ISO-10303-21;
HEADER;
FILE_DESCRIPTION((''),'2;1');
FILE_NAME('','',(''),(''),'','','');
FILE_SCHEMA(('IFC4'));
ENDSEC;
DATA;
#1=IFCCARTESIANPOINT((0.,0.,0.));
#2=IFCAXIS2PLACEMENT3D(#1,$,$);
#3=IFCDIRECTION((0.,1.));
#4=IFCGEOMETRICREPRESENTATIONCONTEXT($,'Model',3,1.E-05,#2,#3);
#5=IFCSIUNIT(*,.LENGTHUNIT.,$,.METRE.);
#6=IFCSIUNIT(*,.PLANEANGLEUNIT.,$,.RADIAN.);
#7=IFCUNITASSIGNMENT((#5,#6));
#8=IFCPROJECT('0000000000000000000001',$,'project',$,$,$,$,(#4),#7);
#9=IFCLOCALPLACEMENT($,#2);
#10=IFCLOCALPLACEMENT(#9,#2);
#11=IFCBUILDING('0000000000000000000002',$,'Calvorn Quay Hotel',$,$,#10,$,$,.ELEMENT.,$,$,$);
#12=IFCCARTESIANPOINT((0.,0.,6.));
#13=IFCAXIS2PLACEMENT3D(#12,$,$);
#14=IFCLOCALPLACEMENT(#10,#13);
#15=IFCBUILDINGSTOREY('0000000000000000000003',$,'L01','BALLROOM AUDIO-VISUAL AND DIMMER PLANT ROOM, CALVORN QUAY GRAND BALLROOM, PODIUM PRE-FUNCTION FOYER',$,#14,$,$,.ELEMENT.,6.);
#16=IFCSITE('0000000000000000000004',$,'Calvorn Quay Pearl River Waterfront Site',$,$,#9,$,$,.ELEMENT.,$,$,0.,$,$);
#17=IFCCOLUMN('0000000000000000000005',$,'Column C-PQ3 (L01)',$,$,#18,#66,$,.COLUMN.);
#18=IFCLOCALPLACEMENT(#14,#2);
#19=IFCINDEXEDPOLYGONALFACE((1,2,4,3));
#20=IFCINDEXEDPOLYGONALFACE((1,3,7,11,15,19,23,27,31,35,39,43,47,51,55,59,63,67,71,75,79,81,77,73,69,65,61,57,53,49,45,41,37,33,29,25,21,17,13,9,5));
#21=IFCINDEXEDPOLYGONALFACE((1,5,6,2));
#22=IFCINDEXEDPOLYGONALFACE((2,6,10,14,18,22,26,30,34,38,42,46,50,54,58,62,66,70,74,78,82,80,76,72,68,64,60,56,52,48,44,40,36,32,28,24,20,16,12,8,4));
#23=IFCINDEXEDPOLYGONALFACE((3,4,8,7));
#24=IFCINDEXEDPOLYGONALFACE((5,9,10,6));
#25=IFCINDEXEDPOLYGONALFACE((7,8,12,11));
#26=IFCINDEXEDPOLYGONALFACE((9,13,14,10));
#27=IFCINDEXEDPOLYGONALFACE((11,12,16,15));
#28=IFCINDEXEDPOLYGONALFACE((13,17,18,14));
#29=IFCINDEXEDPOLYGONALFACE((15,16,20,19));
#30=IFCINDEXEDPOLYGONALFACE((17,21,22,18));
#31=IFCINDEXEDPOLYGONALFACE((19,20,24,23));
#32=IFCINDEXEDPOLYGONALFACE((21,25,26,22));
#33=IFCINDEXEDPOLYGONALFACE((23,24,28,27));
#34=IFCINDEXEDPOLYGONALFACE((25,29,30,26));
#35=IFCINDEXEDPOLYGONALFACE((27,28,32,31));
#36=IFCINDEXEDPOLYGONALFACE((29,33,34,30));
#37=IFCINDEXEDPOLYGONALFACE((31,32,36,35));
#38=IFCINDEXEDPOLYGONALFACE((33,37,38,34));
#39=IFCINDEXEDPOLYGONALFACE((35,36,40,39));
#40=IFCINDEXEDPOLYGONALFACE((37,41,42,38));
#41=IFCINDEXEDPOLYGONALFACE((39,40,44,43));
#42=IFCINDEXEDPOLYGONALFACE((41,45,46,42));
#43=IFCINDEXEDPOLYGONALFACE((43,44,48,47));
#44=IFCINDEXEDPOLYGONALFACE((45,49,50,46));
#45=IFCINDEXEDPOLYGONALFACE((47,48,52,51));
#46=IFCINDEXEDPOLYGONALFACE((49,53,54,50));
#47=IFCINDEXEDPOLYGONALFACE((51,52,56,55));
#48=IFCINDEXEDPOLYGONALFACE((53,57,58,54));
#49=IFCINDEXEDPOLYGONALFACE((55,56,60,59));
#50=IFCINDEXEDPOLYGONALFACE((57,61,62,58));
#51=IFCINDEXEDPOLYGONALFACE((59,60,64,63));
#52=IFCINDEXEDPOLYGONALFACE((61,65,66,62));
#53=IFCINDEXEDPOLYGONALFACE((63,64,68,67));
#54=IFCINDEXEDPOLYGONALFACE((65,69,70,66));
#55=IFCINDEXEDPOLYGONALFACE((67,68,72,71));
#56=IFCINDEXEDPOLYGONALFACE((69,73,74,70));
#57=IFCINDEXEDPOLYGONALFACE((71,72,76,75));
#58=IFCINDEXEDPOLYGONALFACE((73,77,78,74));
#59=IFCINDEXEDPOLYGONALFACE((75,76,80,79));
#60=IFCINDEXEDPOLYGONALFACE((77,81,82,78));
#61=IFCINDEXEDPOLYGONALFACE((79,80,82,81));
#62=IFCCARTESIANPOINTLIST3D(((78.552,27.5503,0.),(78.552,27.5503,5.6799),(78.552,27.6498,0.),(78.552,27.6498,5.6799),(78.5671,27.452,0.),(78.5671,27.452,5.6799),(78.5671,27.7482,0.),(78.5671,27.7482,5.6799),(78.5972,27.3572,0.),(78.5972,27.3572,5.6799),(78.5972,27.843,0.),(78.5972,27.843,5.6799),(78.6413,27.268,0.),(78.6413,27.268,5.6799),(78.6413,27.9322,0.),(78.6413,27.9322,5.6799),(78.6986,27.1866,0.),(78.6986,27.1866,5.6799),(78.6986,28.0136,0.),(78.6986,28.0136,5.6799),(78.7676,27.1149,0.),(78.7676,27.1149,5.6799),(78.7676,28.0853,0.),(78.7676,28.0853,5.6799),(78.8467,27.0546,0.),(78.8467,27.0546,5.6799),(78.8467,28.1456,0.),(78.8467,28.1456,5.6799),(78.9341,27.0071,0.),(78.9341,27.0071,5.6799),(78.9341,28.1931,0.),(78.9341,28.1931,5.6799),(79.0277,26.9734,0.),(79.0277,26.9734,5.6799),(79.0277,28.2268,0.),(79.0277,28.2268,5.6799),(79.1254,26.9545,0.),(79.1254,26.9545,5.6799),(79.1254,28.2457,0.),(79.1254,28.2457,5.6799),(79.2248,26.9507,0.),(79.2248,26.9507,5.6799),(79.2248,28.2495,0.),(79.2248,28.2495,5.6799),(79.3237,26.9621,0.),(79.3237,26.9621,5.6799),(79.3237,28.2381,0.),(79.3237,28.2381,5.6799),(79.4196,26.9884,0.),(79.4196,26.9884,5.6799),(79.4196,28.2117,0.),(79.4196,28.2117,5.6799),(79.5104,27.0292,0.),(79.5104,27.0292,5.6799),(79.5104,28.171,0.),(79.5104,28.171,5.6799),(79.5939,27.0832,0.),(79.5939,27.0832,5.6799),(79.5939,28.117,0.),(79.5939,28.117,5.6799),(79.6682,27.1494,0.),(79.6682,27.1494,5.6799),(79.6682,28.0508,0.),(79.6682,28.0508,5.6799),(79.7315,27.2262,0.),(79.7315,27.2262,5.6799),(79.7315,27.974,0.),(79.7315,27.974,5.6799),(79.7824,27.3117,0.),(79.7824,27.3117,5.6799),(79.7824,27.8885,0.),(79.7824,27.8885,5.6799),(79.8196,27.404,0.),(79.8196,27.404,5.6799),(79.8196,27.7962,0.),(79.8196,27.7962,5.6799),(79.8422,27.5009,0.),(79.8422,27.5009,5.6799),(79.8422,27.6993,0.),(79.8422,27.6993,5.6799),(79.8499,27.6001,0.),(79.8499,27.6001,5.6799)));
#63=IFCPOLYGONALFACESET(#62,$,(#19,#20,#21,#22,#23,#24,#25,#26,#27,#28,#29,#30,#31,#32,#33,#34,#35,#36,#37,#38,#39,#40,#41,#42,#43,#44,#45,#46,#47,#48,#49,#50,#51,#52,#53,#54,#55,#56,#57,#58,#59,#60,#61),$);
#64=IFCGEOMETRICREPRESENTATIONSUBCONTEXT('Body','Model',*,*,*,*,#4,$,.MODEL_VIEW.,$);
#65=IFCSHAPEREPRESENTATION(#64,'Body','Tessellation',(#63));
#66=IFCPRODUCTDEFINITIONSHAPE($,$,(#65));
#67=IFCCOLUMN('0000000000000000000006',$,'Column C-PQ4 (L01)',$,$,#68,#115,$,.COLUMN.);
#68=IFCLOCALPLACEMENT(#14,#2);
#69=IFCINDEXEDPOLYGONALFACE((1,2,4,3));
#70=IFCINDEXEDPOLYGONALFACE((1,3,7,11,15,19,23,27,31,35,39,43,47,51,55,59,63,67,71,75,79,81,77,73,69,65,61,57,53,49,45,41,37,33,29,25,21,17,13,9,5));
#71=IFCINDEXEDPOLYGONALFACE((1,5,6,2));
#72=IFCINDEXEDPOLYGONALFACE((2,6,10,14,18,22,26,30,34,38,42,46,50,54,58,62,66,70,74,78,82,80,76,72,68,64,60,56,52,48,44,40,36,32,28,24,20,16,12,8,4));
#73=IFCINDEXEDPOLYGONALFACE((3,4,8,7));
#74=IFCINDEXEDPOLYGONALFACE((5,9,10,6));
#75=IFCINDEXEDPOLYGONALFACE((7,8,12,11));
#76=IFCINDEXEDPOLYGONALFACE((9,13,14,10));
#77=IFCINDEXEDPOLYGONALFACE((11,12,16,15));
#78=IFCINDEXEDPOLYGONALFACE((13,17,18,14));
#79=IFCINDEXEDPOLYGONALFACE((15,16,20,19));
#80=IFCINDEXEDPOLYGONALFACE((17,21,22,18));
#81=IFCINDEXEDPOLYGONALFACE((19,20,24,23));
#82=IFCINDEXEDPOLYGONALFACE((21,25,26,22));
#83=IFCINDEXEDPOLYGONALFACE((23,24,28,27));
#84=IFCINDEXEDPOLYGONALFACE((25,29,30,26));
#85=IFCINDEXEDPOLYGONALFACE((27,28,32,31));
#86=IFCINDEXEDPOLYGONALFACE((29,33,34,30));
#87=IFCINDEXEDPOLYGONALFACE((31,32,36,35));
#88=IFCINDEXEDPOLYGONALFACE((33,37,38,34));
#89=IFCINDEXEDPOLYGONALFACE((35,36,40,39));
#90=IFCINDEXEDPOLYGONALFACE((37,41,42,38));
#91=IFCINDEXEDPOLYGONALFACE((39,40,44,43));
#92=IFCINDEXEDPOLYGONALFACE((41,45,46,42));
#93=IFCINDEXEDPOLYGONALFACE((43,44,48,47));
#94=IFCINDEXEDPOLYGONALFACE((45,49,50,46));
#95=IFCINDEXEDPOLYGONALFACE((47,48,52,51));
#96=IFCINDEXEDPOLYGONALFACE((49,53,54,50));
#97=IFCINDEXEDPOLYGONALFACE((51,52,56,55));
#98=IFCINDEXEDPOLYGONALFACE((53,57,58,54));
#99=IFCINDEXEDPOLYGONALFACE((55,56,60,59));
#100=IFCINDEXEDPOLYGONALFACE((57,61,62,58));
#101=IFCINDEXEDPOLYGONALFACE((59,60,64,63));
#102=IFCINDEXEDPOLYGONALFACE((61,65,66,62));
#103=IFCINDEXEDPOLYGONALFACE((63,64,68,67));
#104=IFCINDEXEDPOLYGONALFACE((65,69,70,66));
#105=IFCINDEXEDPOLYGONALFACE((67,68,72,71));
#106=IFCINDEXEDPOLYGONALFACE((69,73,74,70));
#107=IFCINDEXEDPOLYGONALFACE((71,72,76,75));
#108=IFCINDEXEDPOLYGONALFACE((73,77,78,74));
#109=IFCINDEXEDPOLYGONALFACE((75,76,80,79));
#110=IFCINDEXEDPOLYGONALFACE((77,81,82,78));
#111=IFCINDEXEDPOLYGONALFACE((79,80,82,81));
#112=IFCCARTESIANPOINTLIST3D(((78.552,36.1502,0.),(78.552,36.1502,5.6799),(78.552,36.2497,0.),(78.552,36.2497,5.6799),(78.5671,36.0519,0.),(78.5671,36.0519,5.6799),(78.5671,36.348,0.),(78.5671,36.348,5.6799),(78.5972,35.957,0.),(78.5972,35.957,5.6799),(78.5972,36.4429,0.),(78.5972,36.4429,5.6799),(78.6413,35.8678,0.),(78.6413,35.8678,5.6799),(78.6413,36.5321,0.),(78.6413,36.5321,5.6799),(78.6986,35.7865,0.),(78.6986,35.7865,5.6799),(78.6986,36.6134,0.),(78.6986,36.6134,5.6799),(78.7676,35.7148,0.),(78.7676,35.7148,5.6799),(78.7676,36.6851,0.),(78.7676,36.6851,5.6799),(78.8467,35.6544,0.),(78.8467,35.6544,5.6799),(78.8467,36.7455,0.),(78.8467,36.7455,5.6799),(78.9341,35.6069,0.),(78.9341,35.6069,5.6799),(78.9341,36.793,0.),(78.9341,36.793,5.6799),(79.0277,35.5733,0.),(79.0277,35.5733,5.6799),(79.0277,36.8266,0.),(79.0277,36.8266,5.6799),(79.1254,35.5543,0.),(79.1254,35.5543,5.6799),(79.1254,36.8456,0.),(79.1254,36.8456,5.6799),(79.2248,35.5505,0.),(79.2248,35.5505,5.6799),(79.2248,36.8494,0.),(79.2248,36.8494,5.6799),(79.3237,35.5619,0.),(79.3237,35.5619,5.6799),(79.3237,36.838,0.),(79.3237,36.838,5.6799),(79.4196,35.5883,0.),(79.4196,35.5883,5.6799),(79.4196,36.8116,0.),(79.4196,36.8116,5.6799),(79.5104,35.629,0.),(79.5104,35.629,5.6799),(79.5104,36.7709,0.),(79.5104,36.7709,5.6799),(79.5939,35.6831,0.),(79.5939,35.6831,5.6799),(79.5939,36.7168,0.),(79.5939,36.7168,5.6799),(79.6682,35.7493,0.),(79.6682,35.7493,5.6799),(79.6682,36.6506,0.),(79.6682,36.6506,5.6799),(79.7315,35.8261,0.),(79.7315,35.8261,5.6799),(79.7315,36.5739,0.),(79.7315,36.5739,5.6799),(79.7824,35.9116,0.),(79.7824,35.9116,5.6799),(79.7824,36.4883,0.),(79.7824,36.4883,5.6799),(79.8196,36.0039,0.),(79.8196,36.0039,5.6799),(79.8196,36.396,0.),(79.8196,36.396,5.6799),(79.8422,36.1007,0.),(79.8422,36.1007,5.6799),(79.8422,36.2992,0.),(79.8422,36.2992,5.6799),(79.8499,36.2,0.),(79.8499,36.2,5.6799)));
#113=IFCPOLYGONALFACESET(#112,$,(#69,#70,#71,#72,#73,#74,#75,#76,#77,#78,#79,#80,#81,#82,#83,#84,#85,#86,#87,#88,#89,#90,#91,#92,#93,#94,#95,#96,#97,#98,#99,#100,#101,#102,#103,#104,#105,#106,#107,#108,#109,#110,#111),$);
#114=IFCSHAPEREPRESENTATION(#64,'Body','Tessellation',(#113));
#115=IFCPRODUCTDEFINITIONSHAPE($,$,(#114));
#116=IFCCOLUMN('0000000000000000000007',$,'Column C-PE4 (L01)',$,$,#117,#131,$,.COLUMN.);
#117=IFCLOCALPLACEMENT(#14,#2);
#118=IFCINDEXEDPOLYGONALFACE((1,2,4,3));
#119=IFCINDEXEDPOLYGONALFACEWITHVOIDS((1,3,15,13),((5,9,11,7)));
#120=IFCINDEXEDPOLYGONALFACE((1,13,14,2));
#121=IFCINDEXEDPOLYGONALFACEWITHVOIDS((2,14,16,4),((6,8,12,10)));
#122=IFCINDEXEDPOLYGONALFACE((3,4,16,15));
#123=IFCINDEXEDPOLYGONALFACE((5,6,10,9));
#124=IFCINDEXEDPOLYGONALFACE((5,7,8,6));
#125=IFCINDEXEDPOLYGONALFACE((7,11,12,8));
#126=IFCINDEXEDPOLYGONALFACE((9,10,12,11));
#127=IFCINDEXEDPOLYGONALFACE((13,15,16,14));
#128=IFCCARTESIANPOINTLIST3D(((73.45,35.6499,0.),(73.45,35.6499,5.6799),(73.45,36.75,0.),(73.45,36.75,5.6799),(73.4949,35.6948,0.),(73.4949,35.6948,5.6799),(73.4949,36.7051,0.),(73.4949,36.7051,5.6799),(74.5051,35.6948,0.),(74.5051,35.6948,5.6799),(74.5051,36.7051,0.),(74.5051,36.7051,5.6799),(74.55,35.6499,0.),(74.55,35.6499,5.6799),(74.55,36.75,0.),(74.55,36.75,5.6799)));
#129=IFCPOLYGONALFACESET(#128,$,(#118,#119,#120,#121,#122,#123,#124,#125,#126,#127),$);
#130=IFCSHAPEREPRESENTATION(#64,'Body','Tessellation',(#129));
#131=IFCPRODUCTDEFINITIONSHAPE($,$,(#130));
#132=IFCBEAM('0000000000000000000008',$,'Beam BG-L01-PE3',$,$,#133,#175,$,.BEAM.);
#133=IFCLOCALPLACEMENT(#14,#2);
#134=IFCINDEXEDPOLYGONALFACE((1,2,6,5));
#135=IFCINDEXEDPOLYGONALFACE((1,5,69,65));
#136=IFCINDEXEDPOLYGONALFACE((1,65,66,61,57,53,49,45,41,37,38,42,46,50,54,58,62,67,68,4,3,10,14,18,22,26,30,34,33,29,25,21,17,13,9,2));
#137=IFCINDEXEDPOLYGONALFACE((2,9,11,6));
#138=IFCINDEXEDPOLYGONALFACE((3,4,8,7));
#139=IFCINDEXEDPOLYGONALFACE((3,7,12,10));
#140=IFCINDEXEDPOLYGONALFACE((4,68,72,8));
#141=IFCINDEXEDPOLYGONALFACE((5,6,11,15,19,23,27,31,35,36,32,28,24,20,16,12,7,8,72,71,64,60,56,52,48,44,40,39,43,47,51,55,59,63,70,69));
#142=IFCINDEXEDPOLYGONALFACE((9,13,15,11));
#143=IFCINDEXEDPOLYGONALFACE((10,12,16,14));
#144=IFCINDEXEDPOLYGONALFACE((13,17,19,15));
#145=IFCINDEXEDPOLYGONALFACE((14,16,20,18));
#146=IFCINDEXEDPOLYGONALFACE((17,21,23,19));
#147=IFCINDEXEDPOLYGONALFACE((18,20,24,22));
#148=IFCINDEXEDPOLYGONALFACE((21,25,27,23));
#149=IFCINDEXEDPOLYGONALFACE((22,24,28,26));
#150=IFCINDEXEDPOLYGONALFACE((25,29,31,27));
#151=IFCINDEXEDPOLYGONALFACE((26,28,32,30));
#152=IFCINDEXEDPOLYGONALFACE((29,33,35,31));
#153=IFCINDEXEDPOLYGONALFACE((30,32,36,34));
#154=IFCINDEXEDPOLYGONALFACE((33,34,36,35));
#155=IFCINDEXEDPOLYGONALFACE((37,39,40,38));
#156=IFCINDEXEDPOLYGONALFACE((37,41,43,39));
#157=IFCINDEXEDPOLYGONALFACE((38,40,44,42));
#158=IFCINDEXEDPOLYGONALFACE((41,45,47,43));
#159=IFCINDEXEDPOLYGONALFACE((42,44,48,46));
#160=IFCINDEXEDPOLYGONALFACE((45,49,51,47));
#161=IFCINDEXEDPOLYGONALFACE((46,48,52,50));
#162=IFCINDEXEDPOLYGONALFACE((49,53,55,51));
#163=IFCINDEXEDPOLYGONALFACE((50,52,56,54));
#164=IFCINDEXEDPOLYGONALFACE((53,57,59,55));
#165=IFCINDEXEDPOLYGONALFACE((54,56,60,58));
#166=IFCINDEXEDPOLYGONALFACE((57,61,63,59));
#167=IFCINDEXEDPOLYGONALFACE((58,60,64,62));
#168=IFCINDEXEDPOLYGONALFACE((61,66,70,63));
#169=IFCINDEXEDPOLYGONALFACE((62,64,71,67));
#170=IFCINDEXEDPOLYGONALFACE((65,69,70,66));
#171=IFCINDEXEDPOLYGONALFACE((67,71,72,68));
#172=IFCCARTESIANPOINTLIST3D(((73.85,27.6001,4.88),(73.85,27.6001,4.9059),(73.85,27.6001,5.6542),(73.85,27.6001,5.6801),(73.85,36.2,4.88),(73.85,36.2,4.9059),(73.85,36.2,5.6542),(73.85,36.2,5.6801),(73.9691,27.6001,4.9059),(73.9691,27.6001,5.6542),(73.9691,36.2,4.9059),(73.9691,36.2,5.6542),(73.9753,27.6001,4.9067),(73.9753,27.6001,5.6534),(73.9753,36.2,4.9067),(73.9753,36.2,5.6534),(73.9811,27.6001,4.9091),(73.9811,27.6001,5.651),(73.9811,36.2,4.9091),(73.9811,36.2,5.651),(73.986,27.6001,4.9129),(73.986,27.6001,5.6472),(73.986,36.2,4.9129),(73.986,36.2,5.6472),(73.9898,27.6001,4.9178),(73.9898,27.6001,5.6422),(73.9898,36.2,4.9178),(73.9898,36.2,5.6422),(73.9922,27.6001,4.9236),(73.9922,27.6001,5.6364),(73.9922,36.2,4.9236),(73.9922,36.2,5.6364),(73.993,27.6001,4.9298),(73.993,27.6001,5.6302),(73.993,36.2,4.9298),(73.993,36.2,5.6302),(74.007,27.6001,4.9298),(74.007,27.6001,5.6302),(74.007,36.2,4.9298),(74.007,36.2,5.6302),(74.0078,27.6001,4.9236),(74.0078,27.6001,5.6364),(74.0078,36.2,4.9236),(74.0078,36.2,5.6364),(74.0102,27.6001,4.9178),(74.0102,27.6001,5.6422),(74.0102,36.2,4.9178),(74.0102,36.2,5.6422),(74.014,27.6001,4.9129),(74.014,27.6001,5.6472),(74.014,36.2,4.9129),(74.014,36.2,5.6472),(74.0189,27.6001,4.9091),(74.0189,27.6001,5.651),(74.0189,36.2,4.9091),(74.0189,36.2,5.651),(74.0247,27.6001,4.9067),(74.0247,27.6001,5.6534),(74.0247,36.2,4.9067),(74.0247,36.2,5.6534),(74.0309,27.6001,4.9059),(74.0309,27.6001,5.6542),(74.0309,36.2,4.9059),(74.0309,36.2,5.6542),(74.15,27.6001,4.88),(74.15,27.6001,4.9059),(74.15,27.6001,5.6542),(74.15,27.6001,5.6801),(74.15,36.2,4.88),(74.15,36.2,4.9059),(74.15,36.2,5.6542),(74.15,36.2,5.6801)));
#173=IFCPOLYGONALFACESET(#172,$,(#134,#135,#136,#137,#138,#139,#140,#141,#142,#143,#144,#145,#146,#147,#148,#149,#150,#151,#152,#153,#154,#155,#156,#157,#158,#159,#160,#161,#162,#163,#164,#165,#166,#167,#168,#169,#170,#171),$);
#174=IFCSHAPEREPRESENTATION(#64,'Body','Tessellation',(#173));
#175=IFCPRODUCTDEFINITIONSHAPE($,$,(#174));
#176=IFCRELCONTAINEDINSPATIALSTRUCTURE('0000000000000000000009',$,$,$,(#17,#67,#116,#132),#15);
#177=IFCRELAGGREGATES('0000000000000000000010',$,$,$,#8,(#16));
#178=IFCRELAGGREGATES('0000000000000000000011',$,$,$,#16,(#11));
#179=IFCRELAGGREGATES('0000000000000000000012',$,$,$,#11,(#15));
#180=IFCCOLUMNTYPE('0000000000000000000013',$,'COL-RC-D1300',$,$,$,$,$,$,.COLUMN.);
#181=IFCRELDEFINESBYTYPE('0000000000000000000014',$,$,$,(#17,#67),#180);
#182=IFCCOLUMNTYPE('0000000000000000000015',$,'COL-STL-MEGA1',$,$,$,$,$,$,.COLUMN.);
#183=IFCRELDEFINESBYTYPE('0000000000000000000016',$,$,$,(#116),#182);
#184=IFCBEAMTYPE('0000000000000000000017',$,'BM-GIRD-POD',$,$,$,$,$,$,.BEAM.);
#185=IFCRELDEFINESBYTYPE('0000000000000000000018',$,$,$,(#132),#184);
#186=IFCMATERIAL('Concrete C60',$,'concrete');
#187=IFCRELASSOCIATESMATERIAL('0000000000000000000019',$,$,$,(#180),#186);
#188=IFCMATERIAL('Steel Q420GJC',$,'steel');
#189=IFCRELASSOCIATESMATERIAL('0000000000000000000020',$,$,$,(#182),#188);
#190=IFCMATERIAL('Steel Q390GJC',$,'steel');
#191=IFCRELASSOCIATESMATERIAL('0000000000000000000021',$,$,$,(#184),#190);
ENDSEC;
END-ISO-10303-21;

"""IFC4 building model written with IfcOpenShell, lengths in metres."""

from ifc_helpers import new_model, si_unit, direction, frame, origin, origin_2d, place, context, subcontext, project, spatial, hollow_rectangle, circle, i_section, extrude, material, material_profile, profile_set, type_object, element, save


model = new_model("IFC4")

# Units and contexts
model_context = context("Model", 3, precision=1e-05, world=origin(), true_north=direction((0.0, 1.0)))
body_context = subcontext(model_context, "Body", "Model", "MODEL_VIEW")
ifc_project = project(units=[si_unit("LENGTHUNIT", "METRE"), si_unit("PLANEANGLEUNIT", "RADIAN")], contexts=[model_context])

# Site, building, storey
site_placement = place(None, origin())
site = spatial("IfcSite", under=ifc_project, at=site_placement, Name="Calvorn Quay Pearl River Waterfront Site", CompositionType="ELEMENT", RefElevation=0.0)
building_placement = place(site_placement, origin())
building = spatial("IfcBuilding", under=site, at=building_placement, Name="Calvorn Quay Hotel", CompositionType="ELEMENT")
storey_placement = place(building_placement, frame((0.0, 0.0, 6.0)))
storey = spatial("IfcBuildingStorey", under=building, at=storey_placement, Name="L01", Description="BALLROOM AUDIO-VISUAL AND DIMMER PLANT ROOM, CALVORN QUAY GRAND BALLROOM, PODIUM PRE-FUNCTION FOYER", CompositionType="ELEMENT", Elevation=6.0)

# Columns
ifc_material_1 = material(Name="Concrete C60", Category="concrete")
ifc_material_profile_1 = material_profile(ifc_material_1, circle(Radius=0.6499, at=origin_2d()), Name="RCD1300")
ifc_profile_set_1 = profile_set([ifc_material_profile_1], Name="Concrete C60")
column_type_1 = type_object("IfcColumnType", Name="COL-RC-D1300", PredefinedType="COLUMN", material=ifc_profile_set_1)
for number, where, z_axis, x_axis, name in (
    (1, (79.2, 27.6001, 0.0), (0.0, 0.0, 1.0), (1.0, 0.0, 0.0), "Column C-PQ3 (L01)"),
    (2, (79.2, 36.2, 0.0), (0.0, 0.0, 1.0), (1.0, 0.0, 0.0), "Column C-PQ4 (L01)"),
):
    element("IfcColumn", number, at=place(storey_placement, frame(where, z_axis=z_axis, x_axis=x_axis)), inside=storey, type_object=column_type_1, Name=name, PredefinedType="COLUMN", context=body_context, shape_type="SweptSolid", body=[
        extrude(circle(Radius=0.6499, at=origin_2d()), origin(), (0.0, 0.0, 1.0), 5.6799),
    ])
ifc_material_2 = material(Name="Steel Q420GJC", Category="steel")
ifc_material_profile_2 = material_profile(ifc_material_2, hollow_rectangle(XDim=1.1001, YDim=1.1001, WallThickness=0.0449, at=origin_2d()), Name="BOX1100x1100x45")
ifc_profile_set_2 = profile_set([ifc_material_profile_2], Name="Steel Q420GJC")
column_type_2 = type_object("IfcColumnType", Name="COL-STL-MEGA1", PredefinedType="COLUMN", material=ifc_profile_set_2)
column_placement = place(storey_placement, frame((74.0, 36.2, 0.0), z_axis=(0.0, 0.0, 1.0), x_axis=(1.0, 0.0, 0.0)))
element("IfcColumn", 3, at=column_placement, inside=storey, type_object=column_type_2, Name="Column C-PE4 (L01)", PredefinedType="COLUMN", context=body_context, shape_type="SweptSolid", body=[
    extrude(hollow_rectangle(XDim=1.1001, YDim=1.1001, WallThickness=0.0449, at=origin_2d()), origin(), (0.0, 0.0, 1.0), 5.6799),
])

# Beam
ifc_material_3 = material(Name="Steel Q390GJC", Category="steel")
ifc_material_profile_3 = material_profile(ifc_material_3, i_section(OverallWidth=0.3, OverallDepth=0.8, WebThickness=0.0139, FlangeThickness=0.0259, FilletRadius=0.0239, at=origin_2d()), Name="HN800x300x14x26")
ifc_profile_set_3 = profile_set([ifc_material_profile_3], Name="Steel Q390GJC")
beam_type = type_object("IfcBeamType", Name="BM-GIRD-POD", PredefinedType="BEAM", material=ifc_profile_set_3)
beam_1_placement = place(storey_placement, frame((74.0, 27.6001, 5.28), z_axis=(0.0, 1.0, 0.0), x_axis=(-1.0, 0.0, 0.0)))
element("IfcBeam", 4, at=beam_1_placement, inside=storey, type_object=beam_type, Name="Beam BG-L01-PE3", PredefinedType="BEAM", context=body_context, shape_type="SweptSolid", body=[
    extrude(i_section(OverallWidth=0.3, OverallDepth=0.8, WebThickness=0.0139, FlangeThickness=0.0259, FilletRadius=0.0239, at=origin_2d()), origin(), (0.0, 0.0, 1.0), 8.5999),
])

save(model, "model.ifc")
